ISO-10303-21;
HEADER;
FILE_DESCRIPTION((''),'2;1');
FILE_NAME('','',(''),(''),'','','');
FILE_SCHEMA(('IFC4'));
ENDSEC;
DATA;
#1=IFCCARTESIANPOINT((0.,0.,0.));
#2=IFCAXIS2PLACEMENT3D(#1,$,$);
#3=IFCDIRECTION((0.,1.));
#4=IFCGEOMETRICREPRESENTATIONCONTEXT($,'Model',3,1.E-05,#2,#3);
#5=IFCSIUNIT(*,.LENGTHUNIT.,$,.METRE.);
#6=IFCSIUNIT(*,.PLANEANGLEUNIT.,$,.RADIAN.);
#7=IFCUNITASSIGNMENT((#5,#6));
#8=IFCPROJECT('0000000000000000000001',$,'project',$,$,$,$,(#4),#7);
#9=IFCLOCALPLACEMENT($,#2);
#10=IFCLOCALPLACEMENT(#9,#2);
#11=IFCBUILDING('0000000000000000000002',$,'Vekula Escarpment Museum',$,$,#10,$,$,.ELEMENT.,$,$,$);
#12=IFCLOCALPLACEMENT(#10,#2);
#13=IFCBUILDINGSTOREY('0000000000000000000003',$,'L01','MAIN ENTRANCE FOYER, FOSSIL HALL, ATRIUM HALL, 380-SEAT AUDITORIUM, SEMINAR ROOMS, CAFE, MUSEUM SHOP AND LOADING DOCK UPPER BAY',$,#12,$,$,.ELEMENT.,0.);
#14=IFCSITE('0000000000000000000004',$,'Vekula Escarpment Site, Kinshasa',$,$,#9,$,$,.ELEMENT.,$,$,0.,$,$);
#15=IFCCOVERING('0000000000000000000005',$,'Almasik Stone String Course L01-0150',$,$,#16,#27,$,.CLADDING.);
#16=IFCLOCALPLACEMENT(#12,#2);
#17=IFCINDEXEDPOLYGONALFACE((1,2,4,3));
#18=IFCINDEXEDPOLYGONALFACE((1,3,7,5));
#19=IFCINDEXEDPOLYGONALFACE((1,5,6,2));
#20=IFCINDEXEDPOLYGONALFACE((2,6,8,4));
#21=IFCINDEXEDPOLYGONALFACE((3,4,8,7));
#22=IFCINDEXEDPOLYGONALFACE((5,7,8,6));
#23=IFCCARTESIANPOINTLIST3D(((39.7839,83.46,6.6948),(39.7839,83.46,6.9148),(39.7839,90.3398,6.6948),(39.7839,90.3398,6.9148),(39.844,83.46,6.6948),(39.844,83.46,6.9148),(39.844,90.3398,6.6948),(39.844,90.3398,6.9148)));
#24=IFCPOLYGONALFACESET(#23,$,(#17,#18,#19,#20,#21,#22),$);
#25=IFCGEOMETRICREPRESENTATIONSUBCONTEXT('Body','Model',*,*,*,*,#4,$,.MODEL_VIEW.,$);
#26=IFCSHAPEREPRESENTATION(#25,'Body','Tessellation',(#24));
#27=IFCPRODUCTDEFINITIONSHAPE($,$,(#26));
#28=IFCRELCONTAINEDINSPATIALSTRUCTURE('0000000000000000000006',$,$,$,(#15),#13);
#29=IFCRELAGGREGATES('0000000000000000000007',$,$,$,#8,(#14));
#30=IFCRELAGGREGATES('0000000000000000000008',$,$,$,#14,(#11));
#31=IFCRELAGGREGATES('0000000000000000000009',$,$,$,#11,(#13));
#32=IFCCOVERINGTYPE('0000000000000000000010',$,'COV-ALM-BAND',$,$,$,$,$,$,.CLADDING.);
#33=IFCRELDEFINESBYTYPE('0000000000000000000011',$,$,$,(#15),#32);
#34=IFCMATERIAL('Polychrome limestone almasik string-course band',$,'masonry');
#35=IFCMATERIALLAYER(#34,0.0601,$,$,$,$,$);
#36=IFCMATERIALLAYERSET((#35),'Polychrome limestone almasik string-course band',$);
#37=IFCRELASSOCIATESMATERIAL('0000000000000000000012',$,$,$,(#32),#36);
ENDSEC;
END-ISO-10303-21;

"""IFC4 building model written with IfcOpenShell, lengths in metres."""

from ifc_helpers import new_model, si_unit, direction, frame, origin, origin_2d, place, context, subcontext, project, spatial, rectangle, extrude, material, layer, layer_set, type_object, element, save


model = new_model("IFC4")

# Units and contexts
model_context = context("Model", 3, precision=1e-05, world=origin(), true_north=direction((0.0, 1.0)))
body_context = subcontext(model_context, "Body", "Model", "MODEL_VIEW")
ifc_project = project(units=[si_unit("LENGTHUNIT", "METRE"), si_unit("PLANEANGLEUNIT", "RADIAN")], contexts=[model_context])

# Site, building, storey
site_placement = place(None, origin())
site = spatial("IfcSite", under=ifc_project, at=site_placement, Name="Vekula Escarpment Site, Kinshasa", CompositionType="ELEMENT", RefElevation=0.0)
building_placement = place(site_placement, origin())
building = spatial("IfcBuilding", under=site, at=building_placement, Name="Vekula Escarpment Museum", CompositionType="ELEMENT")
storey_placement = place(building_placement, origin())
storey = spatial("IfcBuildingStorey", under=building, at=storey_placement, Name="L01", Description="MAIN ENTRANCE FOYER, FOSSIL HALL, ATRIUM HALL, 380-SEAT AUDITORIUM, SEMINAR ROOMS, CAFE, MUSEUM SHOP AND LOADING DOCK UPPER BAY", CompositionType="ELEMENT", Elevation=0.0)

# Covering
ifc_material_1 = material(Name="Polychrome limestone almasik string-course band", Category="masonry")
ifc_layer_1 = layer(ifc_material_1, 0.0601)
ifc_layer_set_1 = layer_set([ifc_layer_1], Name="Polychrome limestone almasik string-course band")
covering_type = type_object("IfcCoveringType", Name="COV-ALM-BAND", PredefinedType="CLADDING", material=ifc_layer_set_1)
for number, where, z_axis, x_axis, name in (
    (1, (39.814, 86.8999, 6.6948), (0.0, 0.0, 1.0), (0.0, 1.0, 0.0), "Almasik Stone String Course L01-0150"),
):
    element("IfcCovering", number, at=place(storey_placement, frame(where, z_axis=z_axis, x_axis=x_axis)), inside=storey, type_object=covering_type, Name=name, PredefinedType="CLADDING", context=body_context, shape_type="SweptSolid", body=[
        extrude(rectangle(XDim=6.8799, YDim=0.0601, at=origin_2d()), origin(), (0.0, 0.0, 1.0), 0.22),
    ])

save(model, "model.ifc")
